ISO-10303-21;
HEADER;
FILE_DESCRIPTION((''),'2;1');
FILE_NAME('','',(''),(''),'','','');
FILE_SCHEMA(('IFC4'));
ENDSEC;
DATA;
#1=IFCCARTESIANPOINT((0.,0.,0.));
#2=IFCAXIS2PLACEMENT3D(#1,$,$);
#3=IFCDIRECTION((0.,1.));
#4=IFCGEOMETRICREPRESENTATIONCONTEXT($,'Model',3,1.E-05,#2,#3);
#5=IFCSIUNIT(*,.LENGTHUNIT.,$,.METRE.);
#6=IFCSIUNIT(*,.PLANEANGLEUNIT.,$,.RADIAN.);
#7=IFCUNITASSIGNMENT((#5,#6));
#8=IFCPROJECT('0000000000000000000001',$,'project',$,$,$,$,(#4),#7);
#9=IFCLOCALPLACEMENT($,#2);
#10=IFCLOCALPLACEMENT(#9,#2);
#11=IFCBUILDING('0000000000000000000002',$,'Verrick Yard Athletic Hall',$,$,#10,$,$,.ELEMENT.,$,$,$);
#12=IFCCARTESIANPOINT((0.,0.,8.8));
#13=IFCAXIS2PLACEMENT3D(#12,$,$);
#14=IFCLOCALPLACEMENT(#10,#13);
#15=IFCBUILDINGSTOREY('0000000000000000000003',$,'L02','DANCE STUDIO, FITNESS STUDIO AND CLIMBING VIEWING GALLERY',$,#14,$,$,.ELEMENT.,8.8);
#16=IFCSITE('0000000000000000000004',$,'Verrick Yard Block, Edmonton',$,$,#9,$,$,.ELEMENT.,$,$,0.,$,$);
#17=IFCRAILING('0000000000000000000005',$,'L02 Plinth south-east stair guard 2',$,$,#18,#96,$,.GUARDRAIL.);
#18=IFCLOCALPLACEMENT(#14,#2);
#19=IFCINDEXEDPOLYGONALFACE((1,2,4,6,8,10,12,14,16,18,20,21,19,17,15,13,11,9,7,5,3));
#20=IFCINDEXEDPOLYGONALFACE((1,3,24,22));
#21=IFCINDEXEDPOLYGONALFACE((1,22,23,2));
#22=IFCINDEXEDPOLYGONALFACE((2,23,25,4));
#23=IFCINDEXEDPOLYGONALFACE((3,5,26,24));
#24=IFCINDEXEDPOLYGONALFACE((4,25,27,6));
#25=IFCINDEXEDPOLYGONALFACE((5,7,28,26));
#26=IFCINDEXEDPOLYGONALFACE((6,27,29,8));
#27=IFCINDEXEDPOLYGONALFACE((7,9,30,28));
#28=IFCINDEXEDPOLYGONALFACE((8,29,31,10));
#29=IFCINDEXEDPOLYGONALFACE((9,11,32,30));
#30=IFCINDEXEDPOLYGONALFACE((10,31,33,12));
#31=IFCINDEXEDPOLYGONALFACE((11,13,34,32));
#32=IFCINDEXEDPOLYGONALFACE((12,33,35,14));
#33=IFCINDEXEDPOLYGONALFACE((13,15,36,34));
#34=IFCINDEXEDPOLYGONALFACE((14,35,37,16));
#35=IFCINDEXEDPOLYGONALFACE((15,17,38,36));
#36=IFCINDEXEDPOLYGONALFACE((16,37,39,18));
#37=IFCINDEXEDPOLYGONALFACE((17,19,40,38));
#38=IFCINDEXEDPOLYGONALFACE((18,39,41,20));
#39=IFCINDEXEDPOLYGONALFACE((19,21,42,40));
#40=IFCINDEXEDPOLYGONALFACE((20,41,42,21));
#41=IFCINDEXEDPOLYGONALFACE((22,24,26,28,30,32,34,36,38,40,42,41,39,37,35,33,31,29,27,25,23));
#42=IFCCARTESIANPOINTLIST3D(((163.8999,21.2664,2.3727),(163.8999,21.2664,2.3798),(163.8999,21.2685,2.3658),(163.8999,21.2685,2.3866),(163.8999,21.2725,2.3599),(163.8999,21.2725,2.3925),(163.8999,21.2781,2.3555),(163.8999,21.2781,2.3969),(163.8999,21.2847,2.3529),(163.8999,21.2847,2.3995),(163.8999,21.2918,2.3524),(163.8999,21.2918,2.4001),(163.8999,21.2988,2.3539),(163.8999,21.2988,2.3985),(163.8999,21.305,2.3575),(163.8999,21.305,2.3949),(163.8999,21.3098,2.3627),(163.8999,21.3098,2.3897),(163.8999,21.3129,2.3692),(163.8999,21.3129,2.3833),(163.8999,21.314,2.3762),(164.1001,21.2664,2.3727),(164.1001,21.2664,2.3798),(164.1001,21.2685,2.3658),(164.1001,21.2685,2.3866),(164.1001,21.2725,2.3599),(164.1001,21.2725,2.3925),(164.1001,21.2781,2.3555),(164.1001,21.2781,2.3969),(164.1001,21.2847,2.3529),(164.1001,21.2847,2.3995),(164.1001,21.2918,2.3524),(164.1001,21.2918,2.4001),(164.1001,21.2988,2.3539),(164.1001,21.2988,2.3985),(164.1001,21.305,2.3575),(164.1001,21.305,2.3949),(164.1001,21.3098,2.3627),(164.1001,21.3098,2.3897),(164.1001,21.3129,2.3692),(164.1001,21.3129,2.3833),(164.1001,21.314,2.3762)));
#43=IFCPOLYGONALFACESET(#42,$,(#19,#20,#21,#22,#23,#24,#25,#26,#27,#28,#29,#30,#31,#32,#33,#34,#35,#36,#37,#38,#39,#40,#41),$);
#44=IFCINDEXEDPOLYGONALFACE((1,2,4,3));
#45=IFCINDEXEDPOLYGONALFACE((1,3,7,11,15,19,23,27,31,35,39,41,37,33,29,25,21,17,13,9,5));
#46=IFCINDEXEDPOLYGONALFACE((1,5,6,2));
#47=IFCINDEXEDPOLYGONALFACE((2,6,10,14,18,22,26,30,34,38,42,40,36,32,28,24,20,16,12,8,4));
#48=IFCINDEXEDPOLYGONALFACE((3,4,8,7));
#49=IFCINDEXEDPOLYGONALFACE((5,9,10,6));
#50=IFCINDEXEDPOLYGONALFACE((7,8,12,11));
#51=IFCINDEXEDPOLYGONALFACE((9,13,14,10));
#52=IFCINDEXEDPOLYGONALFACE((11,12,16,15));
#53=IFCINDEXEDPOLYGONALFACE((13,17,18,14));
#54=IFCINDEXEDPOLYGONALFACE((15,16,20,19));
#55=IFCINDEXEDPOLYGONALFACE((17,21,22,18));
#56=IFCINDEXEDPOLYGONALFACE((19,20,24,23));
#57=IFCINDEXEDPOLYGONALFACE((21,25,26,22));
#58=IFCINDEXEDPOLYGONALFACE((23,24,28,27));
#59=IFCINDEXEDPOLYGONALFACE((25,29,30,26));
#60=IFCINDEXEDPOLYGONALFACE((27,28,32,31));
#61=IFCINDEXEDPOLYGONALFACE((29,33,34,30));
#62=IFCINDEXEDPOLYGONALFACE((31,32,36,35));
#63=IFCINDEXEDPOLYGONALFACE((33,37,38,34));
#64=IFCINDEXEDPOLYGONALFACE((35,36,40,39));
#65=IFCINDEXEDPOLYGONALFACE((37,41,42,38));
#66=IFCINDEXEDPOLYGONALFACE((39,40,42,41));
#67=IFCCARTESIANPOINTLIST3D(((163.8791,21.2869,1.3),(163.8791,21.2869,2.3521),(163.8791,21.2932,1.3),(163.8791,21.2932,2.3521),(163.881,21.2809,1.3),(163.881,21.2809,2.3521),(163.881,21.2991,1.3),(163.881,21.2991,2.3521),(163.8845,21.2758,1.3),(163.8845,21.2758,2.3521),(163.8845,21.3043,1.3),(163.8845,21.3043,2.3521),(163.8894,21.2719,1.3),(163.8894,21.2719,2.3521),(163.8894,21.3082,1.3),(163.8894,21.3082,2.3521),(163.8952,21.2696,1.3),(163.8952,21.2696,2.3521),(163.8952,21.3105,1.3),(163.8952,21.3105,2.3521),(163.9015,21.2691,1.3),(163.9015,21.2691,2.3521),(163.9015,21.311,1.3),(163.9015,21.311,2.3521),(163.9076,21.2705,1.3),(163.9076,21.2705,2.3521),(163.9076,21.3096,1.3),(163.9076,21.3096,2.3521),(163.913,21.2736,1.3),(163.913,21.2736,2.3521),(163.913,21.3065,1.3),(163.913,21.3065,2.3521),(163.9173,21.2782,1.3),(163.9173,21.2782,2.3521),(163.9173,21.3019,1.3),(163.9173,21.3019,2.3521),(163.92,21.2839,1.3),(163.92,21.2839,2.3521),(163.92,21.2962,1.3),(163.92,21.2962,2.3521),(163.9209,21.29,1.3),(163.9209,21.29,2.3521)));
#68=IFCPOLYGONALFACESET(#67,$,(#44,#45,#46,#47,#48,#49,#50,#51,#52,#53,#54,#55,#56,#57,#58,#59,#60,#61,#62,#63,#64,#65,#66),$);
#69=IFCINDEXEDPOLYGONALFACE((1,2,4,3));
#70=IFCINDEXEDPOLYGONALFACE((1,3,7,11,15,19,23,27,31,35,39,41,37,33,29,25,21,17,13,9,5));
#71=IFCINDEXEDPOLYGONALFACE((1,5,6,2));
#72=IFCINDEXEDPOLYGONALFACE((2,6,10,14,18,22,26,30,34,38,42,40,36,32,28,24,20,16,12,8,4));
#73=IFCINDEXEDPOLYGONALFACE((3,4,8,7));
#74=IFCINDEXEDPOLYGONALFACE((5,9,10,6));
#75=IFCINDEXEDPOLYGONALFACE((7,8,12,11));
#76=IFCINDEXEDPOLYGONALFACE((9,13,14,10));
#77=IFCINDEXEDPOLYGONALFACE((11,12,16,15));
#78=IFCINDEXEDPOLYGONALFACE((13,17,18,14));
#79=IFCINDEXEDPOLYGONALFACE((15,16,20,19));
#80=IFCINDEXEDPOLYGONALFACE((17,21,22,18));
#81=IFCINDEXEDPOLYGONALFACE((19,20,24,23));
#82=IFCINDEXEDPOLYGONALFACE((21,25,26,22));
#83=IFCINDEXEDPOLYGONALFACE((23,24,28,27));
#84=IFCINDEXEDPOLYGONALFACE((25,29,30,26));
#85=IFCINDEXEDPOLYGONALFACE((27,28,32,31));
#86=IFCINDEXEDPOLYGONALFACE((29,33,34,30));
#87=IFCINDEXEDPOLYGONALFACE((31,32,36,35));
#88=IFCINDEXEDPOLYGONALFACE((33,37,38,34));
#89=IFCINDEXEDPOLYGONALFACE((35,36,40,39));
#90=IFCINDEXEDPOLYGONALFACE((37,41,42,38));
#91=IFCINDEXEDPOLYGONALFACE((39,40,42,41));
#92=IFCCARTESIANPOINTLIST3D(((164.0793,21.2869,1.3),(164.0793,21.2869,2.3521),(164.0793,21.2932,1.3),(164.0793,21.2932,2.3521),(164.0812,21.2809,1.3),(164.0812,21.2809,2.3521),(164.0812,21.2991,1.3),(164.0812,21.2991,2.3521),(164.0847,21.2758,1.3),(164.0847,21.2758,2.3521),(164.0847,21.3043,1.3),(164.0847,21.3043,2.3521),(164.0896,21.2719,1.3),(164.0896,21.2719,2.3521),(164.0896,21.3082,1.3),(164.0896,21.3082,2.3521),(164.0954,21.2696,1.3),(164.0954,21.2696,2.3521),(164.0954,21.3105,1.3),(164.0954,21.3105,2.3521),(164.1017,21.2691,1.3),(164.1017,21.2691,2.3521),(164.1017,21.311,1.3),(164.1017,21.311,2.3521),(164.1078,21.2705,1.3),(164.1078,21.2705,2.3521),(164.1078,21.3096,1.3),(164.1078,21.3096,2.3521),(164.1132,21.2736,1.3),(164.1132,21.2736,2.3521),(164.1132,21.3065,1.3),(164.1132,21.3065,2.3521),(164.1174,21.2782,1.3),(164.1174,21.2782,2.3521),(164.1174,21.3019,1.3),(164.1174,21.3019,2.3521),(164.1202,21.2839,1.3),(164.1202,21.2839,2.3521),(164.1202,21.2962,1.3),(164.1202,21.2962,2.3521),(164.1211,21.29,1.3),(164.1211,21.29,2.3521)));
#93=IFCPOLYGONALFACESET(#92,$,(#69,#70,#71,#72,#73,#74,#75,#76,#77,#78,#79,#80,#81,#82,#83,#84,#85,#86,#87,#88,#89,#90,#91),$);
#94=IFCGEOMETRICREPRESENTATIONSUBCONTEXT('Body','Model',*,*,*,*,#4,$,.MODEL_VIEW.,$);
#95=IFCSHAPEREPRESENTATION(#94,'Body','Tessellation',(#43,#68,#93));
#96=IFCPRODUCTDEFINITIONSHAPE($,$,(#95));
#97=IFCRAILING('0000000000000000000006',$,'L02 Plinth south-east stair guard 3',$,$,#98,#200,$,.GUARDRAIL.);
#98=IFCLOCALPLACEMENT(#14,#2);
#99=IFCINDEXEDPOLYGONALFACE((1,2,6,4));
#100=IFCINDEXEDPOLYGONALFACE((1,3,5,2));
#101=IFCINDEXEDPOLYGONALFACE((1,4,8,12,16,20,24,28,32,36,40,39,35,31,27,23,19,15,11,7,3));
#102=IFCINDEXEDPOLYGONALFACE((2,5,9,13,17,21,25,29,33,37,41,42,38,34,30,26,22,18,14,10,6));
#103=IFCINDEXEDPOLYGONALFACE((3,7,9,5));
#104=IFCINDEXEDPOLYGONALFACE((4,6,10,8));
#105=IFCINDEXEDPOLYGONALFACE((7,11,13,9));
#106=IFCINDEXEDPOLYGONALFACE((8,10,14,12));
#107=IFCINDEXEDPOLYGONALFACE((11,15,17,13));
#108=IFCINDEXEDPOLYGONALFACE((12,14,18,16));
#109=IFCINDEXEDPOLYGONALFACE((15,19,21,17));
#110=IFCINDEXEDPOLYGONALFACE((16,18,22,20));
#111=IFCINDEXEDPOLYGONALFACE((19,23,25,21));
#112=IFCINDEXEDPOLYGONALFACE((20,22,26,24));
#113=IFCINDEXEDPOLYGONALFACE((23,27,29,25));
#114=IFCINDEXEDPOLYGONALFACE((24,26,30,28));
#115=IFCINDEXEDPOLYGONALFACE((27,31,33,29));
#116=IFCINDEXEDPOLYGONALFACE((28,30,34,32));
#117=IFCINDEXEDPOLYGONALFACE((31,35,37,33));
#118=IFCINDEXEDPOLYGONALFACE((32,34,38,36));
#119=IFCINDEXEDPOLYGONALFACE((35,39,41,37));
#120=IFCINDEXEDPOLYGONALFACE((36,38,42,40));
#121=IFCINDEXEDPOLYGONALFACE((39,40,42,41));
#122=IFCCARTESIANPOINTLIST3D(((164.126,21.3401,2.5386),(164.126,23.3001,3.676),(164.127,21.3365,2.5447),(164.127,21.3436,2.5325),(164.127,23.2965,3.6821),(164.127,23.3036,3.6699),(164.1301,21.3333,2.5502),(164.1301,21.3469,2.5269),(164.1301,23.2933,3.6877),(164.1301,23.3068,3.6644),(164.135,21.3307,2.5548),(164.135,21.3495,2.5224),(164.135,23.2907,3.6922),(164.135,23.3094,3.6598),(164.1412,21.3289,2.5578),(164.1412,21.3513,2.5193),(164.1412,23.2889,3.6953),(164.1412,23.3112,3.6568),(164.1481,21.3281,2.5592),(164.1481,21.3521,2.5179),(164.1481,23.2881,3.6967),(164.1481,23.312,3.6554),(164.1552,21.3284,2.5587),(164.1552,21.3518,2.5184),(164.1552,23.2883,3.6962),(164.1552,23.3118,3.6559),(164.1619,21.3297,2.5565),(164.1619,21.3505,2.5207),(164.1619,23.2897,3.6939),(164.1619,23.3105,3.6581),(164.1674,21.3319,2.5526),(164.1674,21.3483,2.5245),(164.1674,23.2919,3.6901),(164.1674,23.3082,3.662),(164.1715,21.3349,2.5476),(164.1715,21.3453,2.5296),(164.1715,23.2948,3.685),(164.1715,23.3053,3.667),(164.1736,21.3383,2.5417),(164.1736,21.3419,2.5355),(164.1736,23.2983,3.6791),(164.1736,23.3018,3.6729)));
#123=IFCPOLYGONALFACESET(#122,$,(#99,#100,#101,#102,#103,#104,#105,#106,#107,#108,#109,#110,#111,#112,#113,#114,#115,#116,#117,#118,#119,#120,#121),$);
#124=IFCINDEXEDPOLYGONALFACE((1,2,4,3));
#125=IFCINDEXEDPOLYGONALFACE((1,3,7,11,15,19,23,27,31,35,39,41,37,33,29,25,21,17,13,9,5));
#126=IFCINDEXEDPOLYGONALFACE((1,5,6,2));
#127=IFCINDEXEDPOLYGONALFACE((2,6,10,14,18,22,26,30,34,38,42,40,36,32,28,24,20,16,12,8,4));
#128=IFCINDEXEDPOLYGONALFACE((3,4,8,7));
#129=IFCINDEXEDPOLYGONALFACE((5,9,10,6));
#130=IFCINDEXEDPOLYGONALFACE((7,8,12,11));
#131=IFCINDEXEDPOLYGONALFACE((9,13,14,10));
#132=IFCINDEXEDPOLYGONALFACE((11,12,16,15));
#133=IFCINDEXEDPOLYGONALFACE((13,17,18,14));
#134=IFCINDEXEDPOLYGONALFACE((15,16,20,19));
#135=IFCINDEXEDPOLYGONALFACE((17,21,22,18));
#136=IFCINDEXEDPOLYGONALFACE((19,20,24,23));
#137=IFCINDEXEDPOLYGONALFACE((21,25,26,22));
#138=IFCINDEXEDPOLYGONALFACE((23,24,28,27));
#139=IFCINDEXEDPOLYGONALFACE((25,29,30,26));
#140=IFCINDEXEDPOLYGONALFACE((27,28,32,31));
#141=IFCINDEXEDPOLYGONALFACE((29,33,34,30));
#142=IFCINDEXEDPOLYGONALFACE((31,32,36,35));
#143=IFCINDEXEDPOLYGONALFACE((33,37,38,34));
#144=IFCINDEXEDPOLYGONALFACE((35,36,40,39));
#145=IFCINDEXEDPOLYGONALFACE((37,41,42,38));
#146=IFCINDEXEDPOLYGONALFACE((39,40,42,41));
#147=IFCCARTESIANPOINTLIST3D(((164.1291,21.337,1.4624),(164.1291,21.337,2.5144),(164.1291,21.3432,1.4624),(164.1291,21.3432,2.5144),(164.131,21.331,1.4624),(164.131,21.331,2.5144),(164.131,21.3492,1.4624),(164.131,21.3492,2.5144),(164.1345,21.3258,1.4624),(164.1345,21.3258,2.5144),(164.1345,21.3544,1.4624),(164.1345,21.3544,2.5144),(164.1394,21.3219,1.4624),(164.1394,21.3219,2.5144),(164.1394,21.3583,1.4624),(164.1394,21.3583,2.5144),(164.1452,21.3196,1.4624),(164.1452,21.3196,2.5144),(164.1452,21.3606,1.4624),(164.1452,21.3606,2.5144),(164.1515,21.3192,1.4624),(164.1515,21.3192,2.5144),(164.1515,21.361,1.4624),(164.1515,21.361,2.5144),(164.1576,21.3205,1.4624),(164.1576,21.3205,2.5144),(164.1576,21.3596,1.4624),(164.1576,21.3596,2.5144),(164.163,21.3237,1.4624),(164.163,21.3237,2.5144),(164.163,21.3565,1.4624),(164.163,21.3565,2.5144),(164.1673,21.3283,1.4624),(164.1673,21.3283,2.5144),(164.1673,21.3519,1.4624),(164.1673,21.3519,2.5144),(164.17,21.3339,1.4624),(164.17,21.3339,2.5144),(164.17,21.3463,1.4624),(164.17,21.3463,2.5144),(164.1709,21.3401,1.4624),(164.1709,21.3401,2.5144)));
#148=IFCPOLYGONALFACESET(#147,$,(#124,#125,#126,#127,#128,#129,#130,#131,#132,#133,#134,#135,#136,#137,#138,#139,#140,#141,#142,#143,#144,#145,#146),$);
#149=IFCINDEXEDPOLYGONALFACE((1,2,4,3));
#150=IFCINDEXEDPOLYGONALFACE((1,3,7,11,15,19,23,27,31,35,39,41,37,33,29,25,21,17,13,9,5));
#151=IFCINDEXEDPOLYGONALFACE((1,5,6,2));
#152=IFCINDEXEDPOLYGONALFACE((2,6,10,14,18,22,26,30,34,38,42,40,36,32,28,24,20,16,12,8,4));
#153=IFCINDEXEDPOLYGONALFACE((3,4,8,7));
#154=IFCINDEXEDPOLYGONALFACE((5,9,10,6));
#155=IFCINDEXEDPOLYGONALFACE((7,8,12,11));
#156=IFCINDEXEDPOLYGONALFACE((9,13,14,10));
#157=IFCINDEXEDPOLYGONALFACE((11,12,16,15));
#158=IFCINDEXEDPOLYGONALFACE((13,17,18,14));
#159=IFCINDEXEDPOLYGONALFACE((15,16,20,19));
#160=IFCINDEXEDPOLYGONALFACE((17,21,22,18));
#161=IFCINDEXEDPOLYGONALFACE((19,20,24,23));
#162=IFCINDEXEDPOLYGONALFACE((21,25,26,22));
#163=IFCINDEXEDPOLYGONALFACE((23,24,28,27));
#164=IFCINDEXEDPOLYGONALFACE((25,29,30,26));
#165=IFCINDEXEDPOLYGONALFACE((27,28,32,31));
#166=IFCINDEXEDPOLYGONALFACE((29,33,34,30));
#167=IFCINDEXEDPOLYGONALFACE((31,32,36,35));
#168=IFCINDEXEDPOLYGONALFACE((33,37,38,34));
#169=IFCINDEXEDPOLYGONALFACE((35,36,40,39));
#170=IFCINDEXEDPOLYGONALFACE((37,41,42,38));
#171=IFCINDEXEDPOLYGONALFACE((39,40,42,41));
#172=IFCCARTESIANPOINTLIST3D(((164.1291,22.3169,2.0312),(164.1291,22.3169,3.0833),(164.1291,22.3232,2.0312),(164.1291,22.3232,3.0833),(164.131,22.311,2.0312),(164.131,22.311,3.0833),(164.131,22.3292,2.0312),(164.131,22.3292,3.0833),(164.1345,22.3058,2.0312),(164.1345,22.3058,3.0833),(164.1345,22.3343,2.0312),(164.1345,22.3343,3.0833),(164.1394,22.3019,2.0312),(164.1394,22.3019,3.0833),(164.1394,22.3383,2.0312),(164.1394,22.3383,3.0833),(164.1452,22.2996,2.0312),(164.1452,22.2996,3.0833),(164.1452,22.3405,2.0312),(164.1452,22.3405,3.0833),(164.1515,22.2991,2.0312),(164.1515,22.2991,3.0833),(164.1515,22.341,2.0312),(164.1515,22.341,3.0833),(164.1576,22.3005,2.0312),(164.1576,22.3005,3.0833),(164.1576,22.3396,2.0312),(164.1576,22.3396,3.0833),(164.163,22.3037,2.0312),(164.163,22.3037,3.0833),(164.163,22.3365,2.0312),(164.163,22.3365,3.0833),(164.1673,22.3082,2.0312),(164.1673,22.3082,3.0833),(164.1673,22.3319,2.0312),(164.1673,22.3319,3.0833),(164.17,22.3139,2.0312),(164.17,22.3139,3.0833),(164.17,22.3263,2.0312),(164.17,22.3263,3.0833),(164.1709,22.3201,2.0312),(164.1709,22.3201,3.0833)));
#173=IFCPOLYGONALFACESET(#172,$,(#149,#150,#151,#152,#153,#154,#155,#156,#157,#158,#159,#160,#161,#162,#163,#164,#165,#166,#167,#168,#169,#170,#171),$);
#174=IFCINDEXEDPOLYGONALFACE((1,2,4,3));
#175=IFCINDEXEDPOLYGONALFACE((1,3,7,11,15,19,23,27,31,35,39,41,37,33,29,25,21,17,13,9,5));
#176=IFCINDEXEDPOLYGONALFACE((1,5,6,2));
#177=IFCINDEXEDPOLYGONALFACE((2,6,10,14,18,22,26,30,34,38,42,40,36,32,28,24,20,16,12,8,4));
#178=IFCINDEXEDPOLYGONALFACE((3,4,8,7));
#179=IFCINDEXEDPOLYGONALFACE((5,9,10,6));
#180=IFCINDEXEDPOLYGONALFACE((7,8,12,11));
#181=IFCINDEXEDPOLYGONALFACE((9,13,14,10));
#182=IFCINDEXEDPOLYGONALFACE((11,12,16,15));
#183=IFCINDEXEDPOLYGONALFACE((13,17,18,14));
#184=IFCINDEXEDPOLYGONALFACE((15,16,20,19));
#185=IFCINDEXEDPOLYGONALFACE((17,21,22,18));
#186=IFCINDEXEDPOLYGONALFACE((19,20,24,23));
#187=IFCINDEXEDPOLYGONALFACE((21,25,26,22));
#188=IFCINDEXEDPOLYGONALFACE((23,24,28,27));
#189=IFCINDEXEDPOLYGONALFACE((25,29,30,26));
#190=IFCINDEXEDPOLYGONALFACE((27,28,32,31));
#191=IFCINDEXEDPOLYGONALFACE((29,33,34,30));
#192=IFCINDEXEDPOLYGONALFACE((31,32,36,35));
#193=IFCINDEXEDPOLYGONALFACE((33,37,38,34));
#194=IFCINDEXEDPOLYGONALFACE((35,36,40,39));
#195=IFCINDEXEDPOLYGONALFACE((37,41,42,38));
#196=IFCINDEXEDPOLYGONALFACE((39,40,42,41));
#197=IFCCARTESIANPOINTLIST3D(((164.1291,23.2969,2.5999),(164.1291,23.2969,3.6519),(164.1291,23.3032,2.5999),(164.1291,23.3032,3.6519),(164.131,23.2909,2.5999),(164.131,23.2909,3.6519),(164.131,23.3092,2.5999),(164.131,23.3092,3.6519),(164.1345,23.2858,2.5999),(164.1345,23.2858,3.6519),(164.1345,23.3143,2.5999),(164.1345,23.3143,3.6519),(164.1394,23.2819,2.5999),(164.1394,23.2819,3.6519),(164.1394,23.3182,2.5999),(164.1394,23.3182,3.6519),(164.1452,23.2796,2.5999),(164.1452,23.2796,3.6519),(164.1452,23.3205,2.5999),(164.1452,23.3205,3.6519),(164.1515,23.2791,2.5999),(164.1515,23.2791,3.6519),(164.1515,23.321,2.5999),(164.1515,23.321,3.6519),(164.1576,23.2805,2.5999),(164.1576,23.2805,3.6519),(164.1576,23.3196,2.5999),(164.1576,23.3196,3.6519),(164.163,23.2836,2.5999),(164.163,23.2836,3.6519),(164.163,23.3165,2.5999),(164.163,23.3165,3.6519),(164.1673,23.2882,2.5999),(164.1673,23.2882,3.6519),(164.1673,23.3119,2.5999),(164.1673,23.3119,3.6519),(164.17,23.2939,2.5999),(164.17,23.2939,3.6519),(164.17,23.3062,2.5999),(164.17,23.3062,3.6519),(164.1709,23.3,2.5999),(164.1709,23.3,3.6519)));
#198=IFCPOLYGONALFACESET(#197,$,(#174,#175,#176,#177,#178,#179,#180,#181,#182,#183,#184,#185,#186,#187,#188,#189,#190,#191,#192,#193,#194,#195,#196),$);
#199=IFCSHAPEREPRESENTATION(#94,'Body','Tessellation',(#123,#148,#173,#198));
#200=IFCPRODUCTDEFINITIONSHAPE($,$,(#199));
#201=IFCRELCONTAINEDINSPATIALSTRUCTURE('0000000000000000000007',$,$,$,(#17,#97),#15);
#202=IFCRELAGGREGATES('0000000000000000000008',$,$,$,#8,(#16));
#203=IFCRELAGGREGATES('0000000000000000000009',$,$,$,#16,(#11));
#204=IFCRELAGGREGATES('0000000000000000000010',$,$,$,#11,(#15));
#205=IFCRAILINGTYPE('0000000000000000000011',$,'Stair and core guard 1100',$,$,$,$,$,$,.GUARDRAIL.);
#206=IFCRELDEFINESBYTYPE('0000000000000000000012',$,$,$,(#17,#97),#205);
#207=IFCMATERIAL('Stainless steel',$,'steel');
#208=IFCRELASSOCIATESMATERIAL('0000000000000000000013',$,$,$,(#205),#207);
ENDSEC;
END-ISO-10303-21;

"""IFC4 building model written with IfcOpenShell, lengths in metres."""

from ifc_helpers import new_model, si_unit, direction, frame, origin, origin_2d, place, context, subcontext, project, spatial, circle, extrude, material, type_object, element, save


model = new_model("IFC4")

# Units and contexts
model_context = context("Model", 3, precision=1e-05, world=origin(), true_north=direction((0.0, 1.0)))
body_context = subcontext(model_context, "Body", "Model", "MODEL_VIEW")
ifc_project = project(units=[si_unit("LENGTHUNIT", "METRE"), si_unit("PLANEANGLEUNIT", "RADIAN")], contexts=[model_context])

# Site, building, storey
site_placement = place(None, origin())
site = spatial("IfcSite", under=ifc_project, at=site_placement, Name="Verrick Yard Block, Edmonton", CompositionType="ELEMENT", RefElevation=0.0)
building_placement = place(site_placement, origin())
building = spatial("IfcBuilding", under=site, at=building_placement, Name="Verrick Yard Athletic Hall", CompositionType="ELEMENT")
storey_placement = place(building_placement, frame((0.0, 0.0, 8.8)))
storey = spatial("IfcBuildingStorey", under=building, at=storey_placement, Name="L02", Description="DANCE STUDIO, FITNESS STUDIO AND CLIMBING VIEWING GALLERY", CompositionType="ELEMENT", Elevation=8.8)

# Railings
ifc_material_1 = material(Name="Stainless steel", Category="steel")
railing_type_1 = type_object("IfcRailingType", Name="Stair and core guard 1100", PredefinedType="GUARDRAIL", material=ifc_material_1)
railing_1_placement = place(storey_placement, frame((163.8999, 21.29, 1.3)))
element("IfcRailing", 1, at=railing_1_placement, inside=storey, type_object=railing_type_1, Name="L02 Plinth south-east stair guard 2", PredefinedType="GUARDRAIL", context=body_context, shape_type="SweptSolid", body=[
    extrude(circle(Radius=0.0239, at=origin_2d()), frame((0.0, 0.0, 1.0762), z_axis=(1.0, 0.0, 0.0), x_axis=(0.0, 1.0, 0.0)), (0.0, 0.0, 1.0), 0.2002),
    extrude(circle(Radius=0.021, at=origin_2d()), origin(), (0.0, 0.0, 1.0), 1.052),
    extrude(circle(Radius=0.021, at=origin_2d()), frame((0.2002, 0.0, 0.0)), (0.0, 0.0, 1.0), 1.052),
])
railing_2_placement = place(storey_placement, frame((164.1499, 21.3401, 1.4624)))
element("IfcRailing", 2, at=railing_2_placement, inside=storey, type_object=railing_type_1, Name="L02 Plinth south-east stair guard 3", PredefinedType="GUARDRAIL", context=body_context, shape_type="SweptSolid", body=[
    extrude(circle(Radius=0.0239, at=origin_2d()), frame((0.0, 0.0, 1.0762), z_axis=(0.0, 0.864902, 0.501941), x_axis=(-1.0, 0.0, 0.0)), (0.0, 0.0, 1.0), 2.2661),
    extrude(circle(Radius=0.021, at=origin_2d()), origin(), (0.0, 0.0, 1.0), 1.052),
    extrude(circle(Radius=0.021, at=origin_2d()), frame((0.0, 0.98, 0.5688)), (0.0, 0.0, 1.0), 1.052),
    extrude(circle(Radius=0.021, at=origin_2d()), frame((0.0, 1.96, 1.1375)), (0.0, 0.0, 1.0), 1.052),
])

save(model, "model.ifc")
